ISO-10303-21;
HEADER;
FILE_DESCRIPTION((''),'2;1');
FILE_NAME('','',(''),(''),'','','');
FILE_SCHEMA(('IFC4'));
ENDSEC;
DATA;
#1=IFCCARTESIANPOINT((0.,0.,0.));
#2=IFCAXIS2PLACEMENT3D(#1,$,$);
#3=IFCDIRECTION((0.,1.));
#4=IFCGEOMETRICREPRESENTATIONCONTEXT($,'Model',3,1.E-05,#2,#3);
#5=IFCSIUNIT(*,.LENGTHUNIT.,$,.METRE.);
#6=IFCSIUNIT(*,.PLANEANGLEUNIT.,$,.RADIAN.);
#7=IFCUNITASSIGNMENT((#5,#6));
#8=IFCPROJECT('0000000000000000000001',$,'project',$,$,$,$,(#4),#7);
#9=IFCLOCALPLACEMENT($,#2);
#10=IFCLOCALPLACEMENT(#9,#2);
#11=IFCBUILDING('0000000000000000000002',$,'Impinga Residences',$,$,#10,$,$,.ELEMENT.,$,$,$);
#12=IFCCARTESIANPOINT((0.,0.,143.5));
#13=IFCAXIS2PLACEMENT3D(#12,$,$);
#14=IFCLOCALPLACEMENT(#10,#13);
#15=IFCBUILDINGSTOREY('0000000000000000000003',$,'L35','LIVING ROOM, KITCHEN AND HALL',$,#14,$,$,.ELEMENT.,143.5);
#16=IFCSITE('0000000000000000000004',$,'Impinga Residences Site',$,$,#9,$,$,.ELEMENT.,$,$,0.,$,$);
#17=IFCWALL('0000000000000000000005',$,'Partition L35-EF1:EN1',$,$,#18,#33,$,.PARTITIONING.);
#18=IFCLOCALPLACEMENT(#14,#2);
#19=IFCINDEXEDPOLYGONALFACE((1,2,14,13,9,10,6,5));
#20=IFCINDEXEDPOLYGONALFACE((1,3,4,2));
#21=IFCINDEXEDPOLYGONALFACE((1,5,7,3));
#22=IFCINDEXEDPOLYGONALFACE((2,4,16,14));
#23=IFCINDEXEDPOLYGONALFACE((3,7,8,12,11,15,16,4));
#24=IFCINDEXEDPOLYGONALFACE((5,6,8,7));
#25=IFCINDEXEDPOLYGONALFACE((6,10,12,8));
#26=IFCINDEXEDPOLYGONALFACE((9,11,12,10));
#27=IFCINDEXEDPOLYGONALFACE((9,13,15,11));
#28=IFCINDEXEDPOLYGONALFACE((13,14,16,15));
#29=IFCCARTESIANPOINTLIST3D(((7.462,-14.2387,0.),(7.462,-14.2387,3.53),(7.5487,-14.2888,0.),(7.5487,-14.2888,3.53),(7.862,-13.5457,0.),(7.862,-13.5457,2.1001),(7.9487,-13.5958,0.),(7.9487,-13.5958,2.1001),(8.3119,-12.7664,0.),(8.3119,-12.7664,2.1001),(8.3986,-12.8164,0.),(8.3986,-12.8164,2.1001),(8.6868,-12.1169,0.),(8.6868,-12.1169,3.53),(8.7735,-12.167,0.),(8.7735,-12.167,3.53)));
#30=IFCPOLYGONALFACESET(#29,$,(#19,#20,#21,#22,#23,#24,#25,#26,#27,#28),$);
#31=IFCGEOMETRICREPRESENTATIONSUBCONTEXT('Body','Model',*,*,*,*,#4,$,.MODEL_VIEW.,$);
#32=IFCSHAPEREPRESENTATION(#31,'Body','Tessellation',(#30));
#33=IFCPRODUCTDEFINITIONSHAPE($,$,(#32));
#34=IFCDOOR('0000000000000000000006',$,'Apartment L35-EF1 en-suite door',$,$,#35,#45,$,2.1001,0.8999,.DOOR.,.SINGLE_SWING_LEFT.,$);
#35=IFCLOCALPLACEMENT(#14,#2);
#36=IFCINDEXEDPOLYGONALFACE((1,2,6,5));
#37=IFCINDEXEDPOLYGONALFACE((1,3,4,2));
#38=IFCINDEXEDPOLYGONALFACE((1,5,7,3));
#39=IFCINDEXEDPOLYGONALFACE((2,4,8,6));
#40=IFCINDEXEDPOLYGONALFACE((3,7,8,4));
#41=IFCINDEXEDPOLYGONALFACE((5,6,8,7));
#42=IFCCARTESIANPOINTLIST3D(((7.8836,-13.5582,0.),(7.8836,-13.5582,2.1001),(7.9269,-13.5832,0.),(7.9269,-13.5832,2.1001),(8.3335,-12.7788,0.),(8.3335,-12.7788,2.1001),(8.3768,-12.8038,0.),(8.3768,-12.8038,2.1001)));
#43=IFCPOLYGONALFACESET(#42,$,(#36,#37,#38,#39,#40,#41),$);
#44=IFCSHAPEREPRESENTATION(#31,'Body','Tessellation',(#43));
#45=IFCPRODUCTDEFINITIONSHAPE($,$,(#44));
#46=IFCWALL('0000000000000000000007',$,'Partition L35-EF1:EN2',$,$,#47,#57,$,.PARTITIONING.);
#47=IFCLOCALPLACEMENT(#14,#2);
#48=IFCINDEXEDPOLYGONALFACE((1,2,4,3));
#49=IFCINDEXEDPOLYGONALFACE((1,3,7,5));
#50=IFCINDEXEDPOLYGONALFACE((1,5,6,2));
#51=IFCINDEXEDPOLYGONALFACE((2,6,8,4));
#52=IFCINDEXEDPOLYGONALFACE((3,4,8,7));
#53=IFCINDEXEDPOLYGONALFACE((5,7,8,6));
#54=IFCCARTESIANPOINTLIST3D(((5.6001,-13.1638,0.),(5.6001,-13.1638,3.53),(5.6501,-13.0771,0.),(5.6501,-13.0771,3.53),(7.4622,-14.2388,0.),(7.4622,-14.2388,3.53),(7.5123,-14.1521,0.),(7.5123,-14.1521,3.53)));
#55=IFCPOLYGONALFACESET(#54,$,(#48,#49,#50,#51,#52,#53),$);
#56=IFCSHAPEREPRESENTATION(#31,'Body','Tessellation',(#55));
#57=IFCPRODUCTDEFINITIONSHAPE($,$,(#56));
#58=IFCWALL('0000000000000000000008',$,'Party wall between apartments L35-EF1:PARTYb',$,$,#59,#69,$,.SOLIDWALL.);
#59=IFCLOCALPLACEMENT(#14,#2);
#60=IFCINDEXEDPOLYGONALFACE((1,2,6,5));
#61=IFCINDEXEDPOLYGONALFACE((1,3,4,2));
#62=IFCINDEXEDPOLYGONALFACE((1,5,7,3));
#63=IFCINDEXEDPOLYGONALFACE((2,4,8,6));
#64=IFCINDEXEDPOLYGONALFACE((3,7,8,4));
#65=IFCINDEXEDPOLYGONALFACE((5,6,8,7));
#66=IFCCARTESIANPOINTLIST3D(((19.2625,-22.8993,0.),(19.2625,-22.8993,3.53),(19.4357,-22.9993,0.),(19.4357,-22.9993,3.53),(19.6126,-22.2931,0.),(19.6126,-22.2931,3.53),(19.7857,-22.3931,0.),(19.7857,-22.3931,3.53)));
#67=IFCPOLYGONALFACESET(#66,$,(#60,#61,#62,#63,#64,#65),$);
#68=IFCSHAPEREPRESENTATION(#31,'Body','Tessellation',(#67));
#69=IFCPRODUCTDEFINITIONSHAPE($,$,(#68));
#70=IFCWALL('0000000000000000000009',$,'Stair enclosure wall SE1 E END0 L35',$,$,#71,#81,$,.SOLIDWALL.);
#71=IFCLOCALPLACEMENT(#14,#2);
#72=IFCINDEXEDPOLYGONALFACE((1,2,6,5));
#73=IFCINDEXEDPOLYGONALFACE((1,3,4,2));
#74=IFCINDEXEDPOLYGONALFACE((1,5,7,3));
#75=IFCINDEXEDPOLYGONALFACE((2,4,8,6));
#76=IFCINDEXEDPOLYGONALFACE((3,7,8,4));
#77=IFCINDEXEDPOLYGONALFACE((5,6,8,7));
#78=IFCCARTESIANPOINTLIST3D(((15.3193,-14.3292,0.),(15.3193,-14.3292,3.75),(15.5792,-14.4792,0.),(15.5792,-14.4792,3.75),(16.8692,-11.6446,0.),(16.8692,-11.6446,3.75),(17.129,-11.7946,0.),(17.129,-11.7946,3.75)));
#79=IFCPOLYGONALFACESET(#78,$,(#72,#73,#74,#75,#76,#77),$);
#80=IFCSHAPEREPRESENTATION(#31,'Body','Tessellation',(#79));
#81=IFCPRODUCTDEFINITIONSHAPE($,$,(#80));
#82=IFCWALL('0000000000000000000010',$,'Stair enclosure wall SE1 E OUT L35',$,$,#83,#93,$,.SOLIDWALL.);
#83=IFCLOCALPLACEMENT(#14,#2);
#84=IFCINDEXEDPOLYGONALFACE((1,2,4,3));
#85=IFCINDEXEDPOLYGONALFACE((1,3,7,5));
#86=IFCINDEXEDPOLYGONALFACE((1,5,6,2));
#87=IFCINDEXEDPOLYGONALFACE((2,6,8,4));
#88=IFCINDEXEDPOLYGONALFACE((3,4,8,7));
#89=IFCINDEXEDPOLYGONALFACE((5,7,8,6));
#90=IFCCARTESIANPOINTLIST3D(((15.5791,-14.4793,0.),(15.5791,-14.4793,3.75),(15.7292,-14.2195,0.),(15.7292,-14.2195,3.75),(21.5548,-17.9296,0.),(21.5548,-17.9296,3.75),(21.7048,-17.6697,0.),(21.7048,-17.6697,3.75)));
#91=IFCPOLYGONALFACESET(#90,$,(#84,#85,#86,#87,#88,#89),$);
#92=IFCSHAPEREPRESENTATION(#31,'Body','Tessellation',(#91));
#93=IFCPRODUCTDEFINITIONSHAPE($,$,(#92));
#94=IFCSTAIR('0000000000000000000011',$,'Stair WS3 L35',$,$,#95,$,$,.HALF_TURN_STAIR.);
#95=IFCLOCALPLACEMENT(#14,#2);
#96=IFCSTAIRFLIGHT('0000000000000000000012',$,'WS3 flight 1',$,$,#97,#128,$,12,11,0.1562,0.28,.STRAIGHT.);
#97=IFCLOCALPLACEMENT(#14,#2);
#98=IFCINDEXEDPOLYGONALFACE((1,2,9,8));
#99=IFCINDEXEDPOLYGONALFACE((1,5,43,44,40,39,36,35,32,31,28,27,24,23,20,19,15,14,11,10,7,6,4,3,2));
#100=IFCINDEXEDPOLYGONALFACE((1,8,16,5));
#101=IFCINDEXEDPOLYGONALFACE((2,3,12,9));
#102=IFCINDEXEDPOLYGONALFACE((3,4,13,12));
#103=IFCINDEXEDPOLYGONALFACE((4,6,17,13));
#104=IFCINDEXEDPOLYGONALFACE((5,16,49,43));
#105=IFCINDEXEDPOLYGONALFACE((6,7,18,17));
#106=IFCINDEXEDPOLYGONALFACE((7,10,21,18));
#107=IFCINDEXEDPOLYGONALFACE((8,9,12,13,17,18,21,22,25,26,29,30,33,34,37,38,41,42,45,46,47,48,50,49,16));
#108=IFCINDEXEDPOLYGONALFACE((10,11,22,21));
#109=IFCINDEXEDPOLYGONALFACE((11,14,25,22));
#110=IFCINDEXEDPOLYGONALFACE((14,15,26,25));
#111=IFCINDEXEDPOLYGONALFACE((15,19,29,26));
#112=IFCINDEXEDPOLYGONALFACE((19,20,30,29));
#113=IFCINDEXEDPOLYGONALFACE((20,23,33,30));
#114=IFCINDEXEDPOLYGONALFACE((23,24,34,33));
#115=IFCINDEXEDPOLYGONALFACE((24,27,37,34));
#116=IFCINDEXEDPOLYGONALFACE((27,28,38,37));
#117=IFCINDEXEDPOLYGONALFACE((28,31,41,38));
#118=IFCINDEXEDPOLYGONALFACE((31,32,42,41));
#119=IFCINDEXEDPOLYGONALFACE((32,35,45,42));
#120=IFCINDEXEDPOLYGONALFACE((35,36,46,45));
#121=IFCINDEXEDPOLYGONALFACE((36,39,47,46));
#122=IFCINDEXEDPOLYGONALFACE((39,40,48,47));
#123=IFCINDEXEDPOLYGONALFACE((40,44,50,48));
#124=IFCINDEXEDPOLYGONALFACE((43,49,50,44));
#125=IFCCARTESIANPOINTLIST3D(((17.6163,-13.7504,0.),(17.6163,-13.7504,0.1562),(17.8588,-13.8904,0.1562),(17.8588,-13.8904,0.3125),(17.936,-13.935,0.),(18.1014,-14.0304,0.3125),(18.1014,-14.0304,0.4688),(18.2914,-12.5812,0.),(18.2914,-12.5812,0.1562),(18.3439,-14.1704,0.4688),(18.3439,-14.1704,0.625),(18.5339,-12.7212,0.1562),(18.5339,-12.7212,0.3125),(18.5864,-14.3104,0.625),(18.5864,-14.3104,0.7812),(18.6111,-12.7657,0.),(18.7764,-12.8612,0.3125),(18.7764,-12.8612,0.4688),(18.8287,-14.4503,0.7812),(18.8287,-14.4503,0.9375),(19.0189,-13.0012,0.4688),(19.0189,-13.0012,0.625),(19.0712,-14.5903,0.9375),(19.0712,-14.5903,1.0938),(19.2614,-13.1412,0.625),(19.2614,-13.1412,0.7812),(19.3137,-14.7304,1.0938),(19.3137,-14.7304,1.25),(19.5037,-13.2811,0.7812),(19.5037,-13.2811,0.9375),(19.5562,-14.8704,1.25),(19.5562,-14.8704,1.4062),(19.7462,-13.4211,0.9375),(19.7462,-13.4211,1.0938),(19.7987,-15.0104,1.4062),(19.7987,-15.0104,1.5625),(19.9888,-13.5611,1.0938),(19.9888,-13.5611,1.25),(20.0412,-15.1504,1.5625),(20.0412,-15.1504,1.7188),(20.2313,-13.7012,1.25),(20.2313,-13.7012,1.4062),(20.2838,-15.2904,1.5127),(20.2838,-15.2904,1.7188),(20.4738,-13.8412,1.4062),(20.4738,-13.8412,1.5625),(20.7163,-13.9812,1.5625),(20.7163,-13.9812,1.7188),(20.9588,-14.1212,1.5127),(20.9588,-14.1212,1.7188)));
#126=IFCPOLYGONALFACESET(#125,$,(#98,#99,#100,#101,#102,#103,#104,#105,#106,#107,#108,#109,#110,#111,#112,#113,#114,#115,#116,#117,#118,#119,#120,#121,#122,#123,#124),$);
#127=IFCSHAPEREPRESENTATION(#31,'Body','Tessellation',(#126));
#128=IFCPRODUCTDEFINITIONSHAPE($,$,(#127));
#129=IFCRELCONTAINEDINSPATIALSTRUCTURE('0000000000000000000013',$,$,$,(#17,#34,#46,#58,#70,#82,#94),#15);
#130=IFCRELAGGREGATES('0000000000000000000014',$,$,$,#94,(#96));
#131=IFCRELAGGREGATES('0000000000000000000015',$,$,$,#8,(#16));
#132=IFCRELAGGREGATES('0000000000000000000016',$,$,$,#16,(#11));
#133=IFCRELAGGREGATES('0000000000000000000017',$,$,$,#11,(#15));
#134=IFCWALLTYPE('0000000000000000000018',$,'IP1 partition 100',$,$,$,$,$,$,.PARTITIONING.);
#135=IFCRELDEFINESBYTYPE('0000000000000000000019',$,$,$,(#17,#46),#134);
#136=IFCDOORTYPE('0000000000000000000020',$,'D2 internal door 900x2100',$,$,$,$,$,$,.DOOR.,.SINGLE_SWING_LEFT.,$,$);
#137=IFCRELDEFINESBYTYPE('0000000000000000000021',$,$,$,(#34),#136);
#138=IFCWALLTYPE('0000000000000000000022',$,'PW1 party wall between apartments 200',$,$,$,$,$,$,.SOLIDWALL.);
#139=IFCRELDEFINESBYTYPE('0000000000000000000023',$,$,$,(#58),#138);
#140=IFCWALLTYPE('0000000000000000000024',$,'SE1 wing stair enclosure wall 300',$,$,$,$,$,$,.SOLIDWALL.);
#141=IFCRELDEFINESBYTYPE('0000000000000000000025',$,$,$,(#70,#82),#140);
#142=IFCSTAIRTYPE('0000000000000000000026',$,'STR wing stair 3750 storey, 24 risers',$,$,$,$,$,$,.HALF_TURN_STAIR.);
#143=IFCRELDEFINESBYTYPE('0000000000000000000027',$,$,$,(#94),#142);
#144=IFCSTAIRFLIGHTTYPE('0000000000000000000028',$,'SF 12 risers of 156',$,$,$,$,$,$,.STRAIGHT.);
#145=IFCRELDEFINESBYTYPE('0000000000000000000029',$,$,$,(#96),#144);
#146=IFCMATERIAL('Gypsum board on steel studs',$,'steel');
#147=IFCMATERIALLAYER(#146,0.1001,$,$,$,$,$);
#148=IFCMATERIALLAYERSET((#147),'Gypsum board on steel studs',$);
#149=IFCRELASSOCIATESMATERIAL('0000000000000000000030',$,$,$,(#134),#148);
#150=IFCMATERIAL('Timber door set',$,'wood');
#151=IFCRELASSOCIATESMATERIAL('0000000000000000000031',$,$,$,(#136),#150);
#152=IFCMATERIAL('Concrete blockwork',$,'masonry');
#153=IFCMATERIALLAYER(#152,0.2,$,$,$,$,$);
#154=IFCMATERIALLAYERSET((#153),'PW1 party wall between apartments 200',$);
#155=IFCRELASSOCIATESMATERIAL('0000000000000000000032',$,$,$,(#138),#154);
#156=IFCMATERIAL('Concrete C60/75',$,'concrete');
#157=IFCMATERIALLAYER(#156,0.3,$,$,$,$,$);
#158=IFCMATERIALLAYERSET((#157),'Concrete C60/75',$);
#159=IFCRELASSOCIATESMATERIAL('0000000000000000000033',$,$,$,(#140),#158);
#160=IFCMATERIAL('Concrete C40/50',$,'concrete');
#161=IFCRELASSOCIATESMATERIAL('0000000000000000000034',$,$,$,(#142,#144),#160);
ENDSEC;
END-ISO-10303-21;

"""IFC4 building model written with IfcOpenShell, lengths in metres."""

from ifc_helpers import new_model, si_unit, direction, frame, frame_2d, origin, place, context, subcontext, project, spatial, polyline, rectangle, outline, extrude, material, layer, layer_set, type_object, element, fill, aggregate, save


model = new_model("IFC4")

# Units and contexts
model_context = context("Model", 3, precision=1e-05, world=origin(), true_north=direction((0.0, 1.0)))
body_context = subcontext(model_context, "Body", "Model", "MODEL_VIEW")
ifc_project = project(units=[si_unit("LENGTHUNIT", "METRE"), si_unit("PLANEANGLEUNIT", "RADIAN")], contexts=[model_context])

# Site, building, storey
site_placement = place(None, origin())
site = spatial("IfcSite", under=ifc_project, at=site_placement, Name="Impinga Residences Site", CompositionType="ELEMENT", RefElevation=0.0)
building_placement = place(site_placement, origin())
building = spatial("IfcBuilding", under=site, at=building_placement, Name="Impinga Residences", CompositionType="ELEMENT")
storey_placement = place(building_placement, frame((0.0, 0.0, 143.5)))
storey = spatial("IfcBuildingStorey", under=building, at=storey_placement, Name="L35", Description="LIVING ROOM, KITCHEN AND HALL", CompositionType="ELEMENT", Elevation=143.5)

# Shared definitions
ifc_material_1 = material(Name="Concrete C60/75", Category="concrete")

# Shared definitions
ifc_material_2 = material(Name="Gypsum board on steel studs", Category="steel")
ifc_layer_1 = layer(ifc_material_2, 0.1001)
ifc_layer_set_1 = layer_set([ifc_layer_1], Name="Gypsum board on steel studs")
wall_type_1 = type_object("IfcWallType", Name="IP1 partition 100", PredefinedType="PARTITIONING", material=ifc_layer_set_1)

# Shared definitions
ifc_material_3 = material(Name="Timber door set", Category="wood")
door_type = type_object("IfcDoorType", Name="D2 internal door 900x2100", OperationType="SINGLE_SWING_LEFT", PredefinedType="DOOR", material=ifc_material_3)

# Wall, opening, door
wall_1_placement = place(storey_placement, frame((8.7302, -12.1418, 0.0), z_axis=(0.0, 0.0, 1.0), x_axis=(-0.499944, -0.866058, 0.0)))
wall_1 = element("IfcWall", 1, at=wall_1_placement, inside=storey, type_object=wall_type_1, Name="Partition L35-EF1:EN1", PredefinedType="PARTITIONING", context=body_context, shape_type="SweptSolid", body=[
    extrude(rectangle(XDim=2.45, YDim=0.1001, at=frame_2d((1.2251, 0.0))), origin(), (0.0, 0.0, 1.0), 3.53),
])
opening_1_placement = place(wall_1_placement, frame((0.75, 0.0, 0.0)))
opening_1 = element("IfcOpeningElement", 2, at=opening_1_placement, cuts=wall_1, PredefinedType="OPENING", context=body_context, shape_type="SweptSolid", body=[
    extrude(rectangle(XDim=0.8999, YDim=2.1001, at=frame_2d((0.45, 1.05))), frame((0.0, 0.0601, 0.0), z_axis=(0.0, -1.0, 0.0), x_axis=(1.0, 0.0, 0.0)), (0.0, 0.0, 1.0), 0.1201),
])
door_1_placement = place(opening_1_placement, origin())
door_1 = element("IfcDoor", 3, at=door_1_placement, inside=storey, type_object=door_type, Name="Apartment L35-EF1 en-suite door", OperationType="SINGLE_SWING_LEFT", OverallHeight=2.1001, OverallWidth=0.8999, PredefinedType="DOOR", context=body_context, shape_type="SweptSolid", body=[
    extrude(rectangle(XDim=0.8999, YDim=2.1001, at=frame_2d((0.45, 1.05))), frame((0.0, 0.0249, 0.0), z_axis=(0.0, -1.0, 0.0), x_axis=(1.0, 0.0, 0.0)), (0.0, 0.0, 1.0), 0.05),
])
fill(opening_1, door_1)

# Walls
wall_2_placement = place(storey_placement, frame((5.625, -13.1204, 0.0), z_axis=(0.0, 0.0, 1.0), x_axis=(0.866048, -0.499962, 0.0)))
element("IfcWall", 4, at=wall_2_placement, inside=storey, type_object=wall_type_1, Name="Partition L35-EF1:EN2", PredefinedType="PARTITIONING", context=body_context, shape_type="SweptSolid", body=[
    extrude(rectangle(XDim=2.1501, YDim=0.1001, at=frame_2d((1.0752, 0.0))), origin(), (0.0, 0.0, 1.0), 3.53),
])
ifc_material_4 = material(Name="Concrete blockwork", Category="masonry")
ifc_layer_2 = layer(ifc_material_4, 0.2)
ifc_layer_set_2 = layer_set([ifc_layer_2], Name="PW1 party wall between apartments 200")
wall_type_2 = type_object("IfcWallType", Name="PW1 party wall between apartments 200", PredefinedType="SOLIDWALL", material=ifc_layer_set_2)
wall_3_placement = place(storey_placement, frame((19.6992, -22.343, 0.0), z_axis=(0.0, 0.0, 1.0), x_axis=(-0.500115, -0.865959, 0.0)))
element("IfcWall", 5, at=wall_3_placement, inside=storey, type_object=wall_type_2, Name="Party wall between apartments L35-EF1:PARTYb", PredefinedType="SOLIDWALL", context=body_context, shape_type="SweptSolid", body=[
    extrude(rectangle(XDim=0.7, YDim=0.2, at=frame_2d((0.3501, 0.0))), origin(), (0.0, 0.0, 1.0), 3.53),
])
ifc_layer_3 = layer(ifc_material_1, 0.3)
ifc_layer_set_3 = layer_set([ifc_layer_3], Name="Concrete C60/75")
wall_type_3 = type_object("IfcWallType", Name="SE1 wing stair enclosure wall 300", PredefinedType="SOLIDWALL", material=ifc_layer_set_3)
wall_4_placement = place(storey_placement, frame((16.999, -11.7197, 0.0), z_axis=(0.0, 0.0, 1.0), x_axis=(-0.499968, -0.866044, 0.0)))
element("IfcWall", 6, at=wall_4_placement, inside=storey, type_object=wall_type_3, Name="Stair enclosure wall SE1 E END0 L35", PredefinedType="SOLIDWALL", context=body_context, shape_type="SweptSolid", body=[
    extrude(rectangle(XDim=3.0999, YDim=0.3, at=frame_2d((1.5498, 0.0))), origin(), (0.0, 0.0, 1.0), 3.75),
])
wall_5_placement = place(storey_placement, frame((15.6541, -14.3494, 0.0), z_axis=(0.0, 0.0, 1.0), x_axis=(0.866014, -0.500021, 0.0)))
element("IfcWall", 7, at=wall_5_placement, inside=storey, type_object=wall_type_3, Name="Stair enclosure wall SE1 E OUT L35", PredefinedType="SOLIDWALL", context=body_context, shape_type="SweptSolid", body=[
    extrude(rectangle(XDim=6.9001, YDim=0.3, at=frame_2d((3.4502, 0.0))), origin(), (0.0, 0.0, 1.0), 3.75),
])

# Stair, stair flight
ifc_material_5 = material(Name="Concrete C40/50", Category="concrete")
stair_type = type_object("IfcStairType", Name="STR wing stair 3750 storey, 24 risers", PredefinedType="HALF_TURN_STAIR", material=ifc_material_5)
stair_placement = place(storey_placement, origin())
stair = element("IfcStair", 8, at=stair_placement, inside=storey, type_object=stair_type, Name="Stair WS3 L35", PredefinedType="HALF_TURN_STAIR")
stair_flight_type = type_object("IfcStairFlightType", Name="SF 12 risers of 156", PredefinedType="STRAIGHT", material=ifc_material_5)
stair_flight_placement = place(storey_placement, frame((17.9539, -13.1658, 0.0), z_axis=(0.0, 0.0, 1.0), x_axis=(0.866025, -0.5, 0.0)))
stair_flight = element("IfcStairFlight", 9, at=stair_flight_placement, type_object=stair_flight_type, Name="WS3 flight 1", NumberOfRisers=12, NumberOfTreads=11, PredefinedType="STRAIGHT", RiserHeight=0.1562, TreadLength=0.28, context=body_context, shape_type="SweptSolid", body=[
    extrude(outline(polyline([(0.0, 0.0), (0.0, 0.1562), (0.28, 0.1562), (0.28, 0.3125), (0.5601, 0.3125), (0.5601, 0.4688), (0.8401, 0.4688), (0.8401, 0.625), (1.1201, 0.625), (1.1201, 0.7812), (1.3999, 0.7812), (1.3999, 0.9375), (1.6799, 0.9375), (1.6799, 1.0938), (1.96, 1.0938), (1.96, 1.25), (2.24, 1.25), (2.24, 1.4062), (2.52, 1.4062), (2.52, 1.5625), (2.8, 1.5625), (2.8, 1.7188), (3.0801, 1.7188), (3.0801, 1.875), (3.0801, 1.5127), (0.3691, 0.0), (0.0, 0.0)])), frame((0.0, 0.675, 0.0), z_axis=(0.0, -1.0, 0.0), x_axis=(1.0, 0.0, 0.0)), (0.0, 0.0, 1.0), 1.3501),
])
aggregate(stair, [stair_flight])

save(model, "model.ifc")
